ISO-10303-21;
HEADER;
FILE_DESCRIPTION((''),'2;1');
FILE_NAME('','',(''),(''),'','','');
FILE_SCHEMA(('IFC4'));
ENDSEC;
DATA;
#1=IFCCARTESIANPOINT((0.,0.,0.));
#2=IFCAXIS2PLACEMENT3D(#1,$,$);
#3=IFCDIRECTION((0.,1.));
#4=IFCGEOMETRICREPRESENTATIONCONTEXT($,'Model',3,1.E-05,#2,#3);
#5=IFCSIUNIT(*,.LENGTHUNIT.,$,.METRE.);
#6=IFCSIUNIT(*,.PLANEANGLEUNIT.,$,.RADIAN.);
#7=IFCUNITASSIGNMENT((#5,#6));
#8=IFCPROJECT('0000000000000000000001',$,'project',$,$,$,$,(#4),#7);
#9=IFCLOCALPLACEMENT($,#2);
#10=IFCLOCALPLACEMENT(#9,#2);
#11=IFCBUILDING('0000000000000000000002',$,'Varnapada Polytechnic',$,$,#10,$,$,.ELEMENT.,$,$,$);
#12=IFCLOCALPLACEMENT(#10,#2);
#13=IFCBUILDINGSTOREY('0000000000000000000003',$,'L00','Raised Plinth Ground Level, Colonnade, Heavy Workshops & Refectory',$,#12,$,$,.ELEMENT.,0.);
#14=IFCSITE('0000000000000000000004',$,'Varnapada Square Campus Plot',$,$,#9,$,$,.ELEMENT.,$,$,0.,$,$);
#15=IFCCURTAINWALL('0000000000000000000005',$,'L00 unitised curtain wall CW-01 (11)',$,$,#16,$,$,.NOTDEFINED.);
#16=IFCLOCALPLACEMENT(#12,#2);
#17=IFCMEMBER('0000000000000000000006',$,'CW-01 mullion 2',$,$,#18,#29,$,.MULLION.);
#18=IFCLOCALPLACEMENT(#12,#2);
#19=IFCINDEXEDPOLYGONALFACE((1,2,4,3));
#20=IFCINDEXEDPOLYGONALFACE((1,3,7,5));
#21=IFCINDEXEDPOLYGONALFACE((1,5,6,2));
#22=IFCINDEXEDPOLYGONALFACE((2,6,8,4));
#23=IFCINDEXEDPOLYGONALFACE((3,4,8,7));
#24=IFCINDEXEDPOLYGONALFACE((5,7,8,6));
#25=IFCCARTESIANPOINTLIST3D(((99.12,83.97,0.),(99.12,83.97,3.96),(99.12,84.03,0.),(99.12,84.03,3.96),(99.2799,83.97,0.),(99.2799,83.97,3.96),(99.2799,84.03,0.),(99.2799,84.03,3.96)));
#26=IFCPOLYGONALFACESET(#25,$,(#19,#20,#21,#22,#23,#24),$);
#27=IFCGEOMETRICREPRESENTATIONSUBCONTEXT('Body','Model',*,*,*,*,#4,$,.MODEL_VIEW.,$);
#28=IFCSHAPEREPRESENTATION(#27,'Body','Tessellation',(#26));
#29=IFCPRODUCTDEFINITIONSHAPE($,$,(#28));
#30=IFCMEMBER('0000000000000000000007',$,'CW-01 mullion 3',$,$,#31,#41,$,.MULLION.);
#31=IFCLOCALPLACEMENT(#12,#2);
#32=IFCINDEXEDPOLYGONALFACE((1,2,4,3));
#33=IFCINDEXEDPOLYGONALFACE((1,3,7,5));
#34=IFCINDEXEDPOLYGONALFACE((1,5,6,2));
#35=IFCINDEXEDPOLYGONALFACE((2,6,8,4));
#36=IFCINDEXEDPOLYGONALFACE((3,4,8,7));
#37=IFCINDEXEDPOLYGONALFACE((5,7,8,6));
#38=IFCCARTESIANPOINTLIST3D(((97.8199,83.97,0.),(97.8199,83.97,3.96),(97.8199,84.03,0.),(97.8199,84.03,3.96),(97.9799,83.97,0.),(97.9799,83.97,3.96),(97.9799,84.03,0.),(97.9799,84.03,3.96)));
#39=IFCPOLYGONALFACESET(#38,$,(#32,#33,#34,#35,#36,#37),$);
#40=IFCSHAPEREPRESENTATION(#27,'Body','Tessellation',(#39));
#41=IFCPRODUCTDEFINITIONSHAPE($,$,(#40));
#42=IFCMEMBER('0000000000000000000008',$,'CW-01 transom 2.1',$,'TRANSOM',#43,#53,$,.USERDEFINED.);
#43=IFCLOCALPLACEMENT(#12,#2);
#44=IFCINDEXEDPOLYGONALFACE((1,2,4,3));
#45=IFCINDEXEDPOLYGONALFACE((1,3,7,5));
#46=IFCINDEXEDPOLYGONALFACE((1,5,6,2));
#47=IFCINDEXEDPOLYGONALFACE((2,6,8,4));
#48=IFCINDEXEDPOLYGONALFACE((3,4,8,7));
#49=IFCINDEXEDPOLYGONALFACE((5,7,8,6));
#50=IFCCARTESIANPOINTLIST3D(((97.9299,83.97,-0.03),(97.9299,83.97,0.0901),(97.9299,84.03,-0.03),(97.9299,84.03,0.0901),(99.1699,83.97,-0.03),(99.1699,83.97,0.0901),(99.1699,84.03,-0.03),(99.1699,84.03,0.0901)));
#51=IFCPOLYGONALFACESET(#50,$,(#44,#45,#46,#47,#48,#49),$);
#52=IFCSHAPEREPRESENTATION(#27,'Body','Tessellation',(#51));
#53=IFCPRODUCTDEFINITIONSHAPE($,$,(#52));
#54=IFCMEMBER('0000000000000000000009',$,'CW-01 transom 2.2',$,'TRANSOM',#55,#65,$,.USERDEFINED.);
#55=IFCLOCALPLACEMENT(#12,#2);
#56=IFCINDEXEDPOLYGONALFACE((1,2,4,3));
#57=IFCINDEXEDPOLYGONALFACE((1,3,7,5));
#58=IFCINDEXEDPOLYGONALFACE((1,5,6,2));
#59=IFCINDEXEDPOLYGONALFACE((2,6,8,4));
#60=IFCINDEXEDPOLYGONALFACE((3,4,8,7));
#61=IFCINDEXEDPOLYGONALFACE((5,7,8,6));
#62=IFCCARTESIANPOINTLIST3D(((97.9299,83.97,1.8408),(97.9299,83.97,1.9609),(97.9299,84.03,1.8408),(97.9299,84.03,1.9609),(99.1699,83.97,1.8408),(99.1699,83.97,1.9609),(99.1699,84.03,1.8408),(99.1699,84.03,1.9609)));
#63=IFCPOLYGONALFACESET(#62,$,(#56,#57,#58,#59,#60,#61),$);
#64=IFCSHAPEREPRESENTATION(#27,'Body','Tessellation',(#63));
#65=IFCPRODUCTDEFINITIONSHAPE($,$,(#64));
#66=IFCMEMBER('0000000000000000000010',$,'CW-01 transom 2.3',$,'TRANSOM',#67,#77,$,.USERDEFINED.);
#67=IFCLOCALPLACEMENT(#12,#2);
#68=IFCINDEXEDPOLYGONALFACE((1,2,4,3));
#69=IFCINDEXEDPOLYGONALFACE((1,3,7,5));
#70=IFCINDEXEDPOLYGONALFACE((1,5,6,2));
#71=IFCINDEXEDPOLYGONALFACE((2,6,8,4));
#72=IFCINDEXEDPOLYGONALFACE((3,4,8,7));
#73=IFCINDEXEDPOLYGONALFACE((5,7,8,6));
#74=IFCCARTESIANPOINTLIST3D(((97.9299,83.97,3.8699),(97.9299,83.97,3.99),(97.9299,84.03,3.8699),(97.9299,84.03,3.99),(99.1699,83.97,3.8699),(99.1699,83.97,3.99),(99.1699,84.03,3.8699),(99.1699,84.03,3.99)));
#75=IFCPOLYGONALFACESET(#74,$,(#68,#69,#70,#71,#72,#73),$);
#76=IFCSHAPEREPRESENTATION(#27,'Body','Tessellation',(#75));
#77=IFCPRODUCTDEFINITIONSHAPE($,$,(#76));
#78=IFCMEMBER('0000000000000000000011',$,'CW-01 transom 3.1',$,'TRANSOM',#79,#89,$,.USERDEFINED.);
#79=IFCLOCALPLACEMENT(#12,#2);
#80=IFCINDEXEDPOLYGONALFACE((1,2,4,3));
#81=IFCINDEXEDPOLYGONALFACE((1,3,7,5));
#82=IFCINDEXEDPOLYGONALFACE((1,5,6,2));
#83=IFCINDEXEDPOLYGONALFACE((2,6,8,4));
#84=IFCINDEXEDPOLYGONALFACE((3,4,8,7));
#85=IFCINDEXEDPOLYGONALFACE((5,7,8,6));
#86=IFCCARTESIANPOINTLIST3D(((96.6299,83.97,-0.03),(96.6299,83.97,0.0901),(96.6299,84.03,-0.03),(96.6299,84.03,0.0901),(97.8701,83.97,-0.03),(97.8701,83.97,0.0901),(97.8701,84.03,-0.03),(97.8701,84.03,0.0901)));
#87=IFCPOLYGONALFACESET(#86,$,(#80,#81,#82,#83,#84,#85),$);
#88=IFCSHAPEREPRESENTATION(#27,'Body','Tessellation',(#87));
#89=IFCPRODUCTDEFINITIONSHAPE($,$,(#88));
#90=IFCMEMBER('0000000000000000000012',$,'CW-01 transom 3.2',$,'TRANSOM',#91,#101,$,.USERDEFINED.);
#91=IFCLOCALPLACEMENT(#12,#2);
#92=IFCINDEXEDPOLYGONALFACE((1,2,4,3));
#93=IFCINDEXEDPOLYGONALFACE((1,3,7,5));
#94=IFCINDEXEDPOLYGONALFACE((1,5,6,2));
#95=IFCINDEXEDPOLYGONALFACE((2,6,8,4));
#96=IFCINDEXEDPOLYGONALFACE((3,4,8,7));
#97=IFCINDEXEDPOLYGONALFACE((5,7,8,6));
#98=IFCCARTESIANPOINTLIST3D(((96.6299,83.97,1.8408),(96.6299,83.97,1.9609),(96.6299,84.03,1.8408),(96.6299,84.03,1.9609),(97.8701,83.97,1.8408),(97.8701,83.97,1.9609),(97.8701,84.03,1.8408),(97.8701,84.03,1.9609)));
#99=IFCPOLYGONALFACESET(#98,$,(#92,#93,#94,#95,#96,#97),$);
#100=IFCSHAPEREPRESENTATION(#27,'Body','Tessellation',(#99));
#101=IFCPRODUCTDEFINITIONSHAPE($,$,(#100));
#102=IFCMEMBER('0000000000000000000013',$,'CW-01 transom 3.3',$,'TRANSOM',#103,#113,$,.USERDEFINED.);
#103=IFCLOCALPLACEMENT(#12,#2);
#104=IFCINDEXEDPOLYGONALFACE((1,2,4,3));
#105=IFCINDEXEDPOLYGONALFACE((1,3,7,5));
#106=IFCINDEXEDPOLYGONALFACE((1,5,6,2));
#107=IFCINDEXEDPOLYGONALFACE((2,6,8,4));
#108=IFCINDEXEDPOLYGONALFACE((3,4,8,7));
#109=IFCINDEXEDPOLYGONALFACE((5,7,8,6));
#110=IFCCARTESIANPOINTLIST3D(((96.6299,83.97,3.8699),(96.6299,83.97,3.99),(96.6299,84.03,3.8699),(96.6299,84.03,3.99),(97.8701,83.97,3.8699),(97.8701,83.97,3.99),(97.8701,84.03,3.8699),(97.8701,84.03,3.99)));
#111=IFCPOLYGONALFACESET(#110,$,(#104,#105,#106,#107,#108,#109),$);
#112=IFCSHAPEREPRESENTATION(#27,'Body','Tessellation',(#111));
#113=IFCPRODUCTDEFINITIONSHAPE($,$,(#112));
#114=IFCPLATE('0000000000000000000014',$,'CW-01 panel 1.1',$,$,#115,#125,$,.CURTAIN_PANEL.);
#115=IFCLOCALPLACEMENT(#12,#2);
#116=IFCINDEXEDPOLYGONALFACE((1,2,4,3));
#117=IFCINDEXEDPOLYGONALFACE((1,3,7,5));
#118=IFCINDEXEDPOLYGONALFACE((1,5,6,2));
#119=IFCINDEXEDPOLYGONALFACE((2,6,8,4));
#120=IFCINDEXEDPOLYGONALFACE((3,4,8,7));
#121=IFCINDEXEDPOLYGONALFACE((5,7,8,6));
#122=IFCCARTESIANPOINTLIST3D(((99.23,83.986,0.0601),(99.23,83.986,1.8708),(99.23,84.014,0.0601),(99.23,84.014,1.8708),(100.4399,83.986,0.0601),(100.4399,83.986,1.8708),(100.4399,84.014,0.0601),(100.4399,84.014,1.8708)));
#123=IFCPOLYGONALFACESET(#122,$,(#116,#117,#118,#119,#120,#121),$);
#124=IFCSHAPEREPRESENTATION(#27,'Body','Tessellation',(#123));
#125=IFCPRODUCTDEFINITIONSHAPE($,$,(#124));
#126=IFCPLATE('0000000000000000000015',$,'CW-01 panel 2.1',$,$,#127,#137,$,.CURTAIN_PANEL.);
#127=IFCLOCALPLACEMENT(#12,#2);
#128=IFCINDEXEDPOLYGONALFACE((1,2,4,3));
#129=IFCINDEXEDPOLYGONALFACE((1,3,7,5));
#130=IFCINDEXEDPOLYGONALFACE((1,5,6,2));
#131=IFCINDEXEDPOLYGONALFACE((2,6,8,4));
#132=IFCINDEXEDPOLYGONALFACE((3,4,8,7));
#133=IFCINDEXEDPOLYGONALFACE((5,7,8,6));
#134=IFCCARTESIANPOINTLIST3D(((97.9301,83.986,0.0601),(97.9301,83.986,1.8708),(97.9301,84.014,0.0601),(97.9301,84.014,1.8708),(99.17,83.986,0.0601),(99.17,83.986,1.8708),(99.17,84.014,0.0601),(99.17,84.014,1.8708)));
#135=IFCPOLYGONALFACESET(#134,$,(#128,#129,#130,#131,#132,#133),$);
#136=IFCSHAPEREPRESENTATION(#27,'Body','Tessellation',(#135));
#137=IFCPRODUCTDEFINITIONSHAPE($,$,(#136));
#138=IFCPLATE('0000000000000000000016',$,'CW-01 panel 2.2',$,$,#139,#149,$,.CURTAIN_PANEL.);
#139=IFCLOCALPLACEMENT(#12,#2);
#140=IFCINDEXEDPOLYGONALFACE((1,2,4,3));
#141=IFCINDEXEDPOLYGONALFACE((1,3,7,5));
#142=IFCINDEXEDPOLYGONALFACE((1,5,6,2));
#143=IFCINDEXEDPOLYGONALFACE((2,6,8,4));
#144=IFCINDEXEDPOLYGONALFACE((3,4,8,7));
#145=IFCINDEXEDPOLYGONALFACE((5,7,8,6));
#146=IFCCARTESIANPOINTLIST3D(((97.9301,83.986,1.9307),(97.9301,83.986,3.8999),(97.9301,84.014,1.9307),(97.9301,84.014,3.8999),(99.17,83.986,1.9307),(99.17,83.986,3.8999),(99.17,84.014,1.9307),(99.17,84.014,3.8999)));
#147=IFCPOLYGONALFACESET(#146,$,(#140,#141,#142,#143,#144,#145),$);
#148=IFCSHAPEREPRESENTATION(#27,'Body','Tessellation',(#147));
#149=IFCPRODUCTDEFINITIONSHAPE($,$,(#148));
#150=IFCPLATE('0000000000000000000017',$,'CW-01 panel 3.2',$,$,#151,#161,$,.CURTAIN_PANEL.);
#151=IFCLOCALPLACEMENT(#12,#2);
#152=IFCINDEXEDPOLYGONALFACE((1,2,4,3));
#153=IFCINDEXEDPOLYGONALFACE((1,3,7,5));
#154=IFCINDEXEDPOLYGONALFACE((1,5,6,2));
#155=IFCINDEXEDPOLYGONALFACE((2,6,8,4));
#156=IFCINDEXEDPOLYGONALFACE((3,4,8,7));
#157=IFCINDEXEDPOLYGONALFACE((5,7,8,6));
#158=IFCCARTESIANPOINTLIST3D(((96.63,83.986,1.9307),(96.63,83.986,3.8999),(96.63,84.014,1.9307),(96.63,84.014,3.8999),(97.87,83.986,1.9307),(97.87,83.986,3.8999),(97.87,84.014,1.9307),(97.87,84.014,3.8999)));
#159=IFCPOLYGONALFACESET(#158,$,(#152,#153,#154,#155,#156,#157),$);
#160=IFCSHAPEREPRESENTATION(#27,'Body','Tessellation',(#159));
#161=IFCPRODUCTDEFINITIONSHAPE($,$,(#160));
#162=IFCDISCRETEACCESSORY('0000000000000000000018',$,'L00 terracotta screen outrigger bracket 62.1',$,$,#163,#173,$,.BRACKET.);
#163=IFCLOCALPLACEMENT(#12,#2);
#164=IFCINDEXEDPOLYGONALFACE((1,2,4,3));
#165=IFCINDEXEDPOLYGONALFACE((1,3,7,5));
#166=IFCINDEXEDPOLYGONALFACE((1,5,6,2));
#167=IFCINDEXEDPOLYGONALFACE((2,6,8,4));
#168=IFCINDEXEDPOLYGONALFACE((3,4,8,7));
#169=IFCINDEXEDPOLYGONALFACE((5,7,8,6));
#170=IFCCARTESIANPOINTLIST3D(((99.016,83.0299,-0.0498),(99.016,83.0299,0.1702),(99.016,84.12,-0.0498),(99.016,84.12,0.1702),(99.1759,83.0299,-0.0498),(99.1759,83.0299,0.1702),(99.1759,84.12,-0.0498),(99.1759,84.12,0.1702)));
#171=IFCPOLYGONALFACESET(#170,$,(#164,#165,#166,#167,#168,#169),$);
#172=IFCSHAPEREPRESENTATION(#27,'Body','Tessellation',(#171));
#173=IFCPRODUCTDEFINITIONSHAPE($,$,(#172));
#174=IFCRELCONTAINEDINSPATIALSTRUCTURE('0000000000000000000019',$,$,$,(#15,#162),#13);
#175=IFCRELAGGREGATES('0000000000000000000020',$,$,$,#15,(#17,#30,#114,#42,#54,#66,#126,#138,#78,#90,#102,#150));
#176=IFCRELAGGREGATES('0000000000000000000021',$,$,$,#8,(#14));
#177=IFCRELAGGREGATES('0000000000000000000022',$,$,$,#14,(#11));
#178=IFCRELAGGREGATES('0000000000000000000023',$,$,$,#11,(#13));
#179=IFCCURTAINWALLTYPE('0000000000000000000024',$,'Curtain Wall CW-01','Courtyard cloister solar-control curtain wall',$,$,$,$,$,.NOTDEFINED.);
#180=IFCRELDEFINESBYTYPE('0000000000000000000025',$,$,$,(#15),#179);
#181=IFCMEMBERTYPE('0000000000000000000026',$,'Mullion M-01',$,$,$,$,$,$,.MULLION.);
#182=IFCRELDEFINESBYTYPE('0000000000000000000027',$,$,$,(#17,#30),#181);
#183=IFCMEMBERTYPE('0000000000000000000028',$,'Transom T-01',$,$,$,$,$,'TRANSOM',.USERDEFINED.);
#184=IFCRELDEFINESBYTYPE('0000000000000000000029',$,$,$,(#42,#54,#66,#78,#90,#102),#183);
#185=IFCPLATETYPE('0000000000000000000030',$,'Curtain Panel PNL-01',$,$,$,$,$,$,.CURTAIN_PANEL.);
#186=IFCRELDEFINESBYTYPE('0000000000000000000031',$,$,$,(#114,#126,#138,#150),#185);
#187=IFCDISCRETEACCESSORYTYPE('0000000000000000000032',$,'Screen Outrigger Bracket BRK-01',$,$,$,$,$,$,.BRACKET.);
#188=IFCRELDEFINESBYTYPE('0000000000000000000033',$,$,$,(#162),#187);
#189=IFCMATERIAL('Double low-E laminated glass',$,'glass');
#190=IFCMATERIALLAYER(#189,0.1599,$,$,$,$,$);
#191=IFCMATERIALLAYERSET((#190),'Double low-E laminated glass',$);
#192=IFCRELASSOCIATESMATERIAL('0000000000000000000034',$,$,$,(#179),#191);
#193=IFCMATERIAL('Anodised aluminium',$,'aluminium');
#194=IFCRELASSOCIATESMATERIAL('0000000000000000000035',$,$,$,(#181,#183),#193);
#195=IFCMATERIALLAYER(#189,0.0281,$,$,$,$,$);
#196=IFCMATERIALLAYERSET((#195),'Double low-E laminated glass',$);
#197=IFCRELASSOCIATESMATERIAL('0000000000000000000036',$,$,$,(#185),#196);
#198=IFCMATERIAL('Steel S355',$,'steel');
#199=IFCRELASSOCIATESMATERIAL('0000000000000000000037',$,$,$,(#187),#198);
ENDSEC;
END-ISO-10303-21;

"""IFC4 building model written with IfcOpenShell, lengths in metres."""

from ifc_helpers import new_model, si_unit, direction, frame, origin, origin_2d, place, context, subcontext, project, spatial, rectangle, extrude, material, layer, layer_set, material_profile, profile_set, type_object, element, aggregate, save


model = new_model("IFC4")

# Units and contexts
model_context = context("Model", 3, precision=1e-05, world=origin(), true_north=direction((0.0, 1.0)))
body_context = subcontext(model_context, "Body", "Model", "MODEL_VIEW")
ifc_project = project(units=[si_unit("LENGTHUNIT", "METRE"), si_unit("PLANEANGLEUNIT", "RADIAN")], contexts=[model_context])

# Site, building, storey
site_placement = place(None, origin())
site = spatial("IfcSite", under=ifc_project, at=site_placement, Name="Varnapada Square Campus Plot", CompositionType="ELEMENT", RefElevation=0.0)
building_placement = place(site_placement, origin())
building = spatial("IfcBuilding", under=site, at=building_placement, Name="Varnapada Polytechnic", CompositionType="ELEMENT")
storey_placement = place(building_placement, origin())
storey = spatial("IfcBuildingStorey", under=building, at=storey_placement, Name="L00", Description="Raised Plinth Ground Level, Colonnade, Heavy Workshops & Refectory", CompositionType="ELEMENT", Elevation=0.0)

# Curtain wall, members, plates
ifc_material_1 = material(Name="Double low-E laminated glass", Category="glass")
ifc_layer_1 = layer(ifc_material_1, 0.1599)
ifc_layer_set_1 = layer_set([ifc_layer_1], Name="Double low-E laminated glass")
curtain_wall_type = type_object("IfcCurtainWallType", Name="Curtain Wall CW-01", Description="Courtyard cloister solar-control curtain wall", PredefinedType="NOTDEFINED", material=ifc_layer_set_1)
curtain_wall_placement = place(storey_placement, origin())
curtain_wall = element("IfcCurtainWall", 1, at=curtain_wall_placement, inside=storey, type_object=curtain_wall_type, Name="L00 unitised curtain wall CW-01 (11)", PredefinedType="NOTDEFINED")
ifc_material_2 = material(Name="Anodised aluminium", Category="aluminium")
ifc_material_profile_1 = material_profile(ifc_material_2, rectangle(XDim=0.0601, YDim=0.1599, at=origin_2d()), Name="ALU M60x160")
ifc_profile_set_1 = profile_set([ifc_material_profile_1], Name="Anodised aluminium")
member_type_1 = type_object("IfcMemberType", Name="Mullion M-01", PredefinedType="MULLION", material=ifc_profile_set_1)
member_1_placement = place(storey_placement, frame((99.2, 84.0, 0.0), z_axis=(0.0, 0.0, 1.0), x_axis=(0.0, -1.0, 0.0)))
member_1 = element("IfcMember", 2, at=member_1_placement, type_object=member_type_1, Name="CW-01 mullion 2", PredefinedType="MULLION", context=body_context, shape_type="SweptSolid", body=[
    extrude(rectangle(XDim=0.0601, YDim=0.1599, at=origin_2d()), origin(), (0.0, 0.0, 1.0), 3.96),
])
member_2_placement = place(storey_placement, frame((97.8999, 84.0, 0.0), z_axis=(0.0, 0.0, 1.0), x_axis=(0.0, -1.0, 0.0)))
member_2 = element("IfcMember", 3, at=member_2_placement, type_object=member_type_1, Name="CW-01 mullion 3", PredefinedType="MULLION", context=body_context, shape_type="SweptSolid", body=[
    extrude(rectangle(XDim=0.0601, YDim=0.1599, at=origin_2d()), origin(), (0.0, 0.0, 1.0), 3.96),
])
ifc_material_profile_2 = material_profile(ifc_material_2, rectangle(XDim=0.0601, YDim=0.1201, at=origin_2d()), Name="ALU T60x120")
ifc_profile_set_2 = profile_set([ifc_material_profile_2], Name="Anodised aluminium")
member_type_2 = type_object("IfcMemberType", Name="Transom T-01", ElementType="TRANSOM", PredefinedType="USERDEFINED", material=ifc_profile_set_2)
member_3_placement = place(storey_placement, frame((99.1699, 84.0, 0.03), z_axis=(-1.0, 0.0, 0.0), x_axis=(0.0, -1.0, 0.0)))
member_3 = element("IfcMember", 4, at=member_3_placement, type_object=member_type_2, Name="CW-01 transom 2.1", ObjectType="TRANSOM", PredefinedType="USERDEFINED", context=body_context, shape_type="SweptSolid", body=[
    extrude(rectangle(XDim=0.0601, YDim=0.1201, at=origin_2d()), origin(), (0.0, 0.0, 1.0), 1.24),
])
member_4_placement = place(storey_placement, frame((99.1699, 84.0, 1.9009), z_axis=(-1.0, 0.0, 0.0), x_axis=(0.0, -1.0, 0.0)))
member_4 = element("IfcMember", 5, at=member_4_placement, type_object=member_type_2, Name="CW-01 transom 2.2", ObjectType="TRANSOM", PredefinedType="USERDEFINED", context=body_context, shape_type="SweptSolid", body=[
    extrude(rectangle(XDim=0.0601, YDim=0.1201, at=origin_2d()), origin(), (0.0, 0.0, 1.0), 1.24),
])
member_5_placement = place(storey_placement, frame((99.1699, 84.0, 3.9299), z_axis=(-1.0, 0.0, 0.0), x_axis=(0.0, -1.0, 0.0)))
member_5 = element("IfcMember", 6, at=member_5_placement, type_object=member_type_2, Name="CW-01 transom 2.3", ObjectType="TRANSOM", PredefinedType="USERDEFINED", context=body_context, shape_type="SweptSolid", body=[
    extrude(rectangle(XDim=0.0601, YDim=0.1201, at=origin_2d()), origin(), (0.0, 0.0, 1.0), 1.24),
])
member_6_placement = place(storey_placement, frame((97.8701, 84.0, 0.03), z_axis=(-1.0, 0.0, 0.0), x_axis=(0.0, -1.0, 0.0)))
member_6 = element("IfcMember", 7, at=member_6_placement, type_object=member_type_2, Name="CW-01 transom 3.1", ObjectType="TRANSOM", PredefinedType="USERDEFINED", context=body_context, shape_type="SweptSolid", body=[
    extrude(rectangle(XDim=0.0601, YDim=0.1201, at=origin_2d()), origin(), (0.0, 0.0, 1.0), 1.2402),
])
member_7_placement = place(storey_placement, frame((97.8701, 84.0, 1.9009), z_axis=(-1.0, 0.0, 0.0), x_axis=(0.0, -1.0, 0.0)))
member_7 = element("IfcMember", 8, at=member_7_placement, type_object=member_type_2, Name="CW-01 transom 3.2", ObjectType="TRANSOM", PredefinedType="USERDEFINED", context=body_context, shape_type="SweptSolid", body=[
    extrude(rectangle(XDim=0.0601, YDim=0.1201, at=origin_2d()), origin(), (0.0, 0.0, 1.0), 1.2402),
])
member_8_placement = place(storey_placement, frame((97.8701, 84.0, 3.9299), z_axis=(-1.0, 0.0, 0.0), x_axis=(0.0, -1.0, 0.0)))
member_8 = element("IfcMember", 9, at=member_8_placement, type_object=member_type_2, Name="CW-01 transom 3.3", ObjectType="TRANSOM", PredefinedType="USERDEFINED", context=body_context, shape_type="SweptSolid", body=[
    extrude(rectangle(XDim=0.0601, YDim=0.1201, at=origin_2d()), origin(), (0.0, 0.0, 1.0), 1.2402),
])
ifc_layer_2 = layer(ifc_material_1, 0.0281)
ifc_layer_set_2 = layer_set([ifc_layer_2], Name="Double low-E laminated glass")
plate_type = type_object("IfcPlateType", Name="Curtain Panel PNL-01", PredefinedType="CURTAIN_PANEL", material=ifc_layer_set_2)
plate_1_placement = place(storey_placement, frame((99.835, 84.0, 0.0601), z_axis=(0.0, 0.0, 1.0), x_axis=(-1.0, 0.0, 0.0)))
plate_1 = element("IfcPlate", 10, at=plate_1_placement, type_object=plate_type, Name="CW-01 panel 1.1", PredefinedType="CURTAIN_PANEL", context=body_context, shape_type="SweptSolid", body=[
    extrude(rectangle(XDim=1.21, YDim=0.0281, at=origin_2d()), origin(), (0.0, 0.0, 1.0), 1.8108),
])
plate_2_placement = place(storey_placement, frame((98.55, 84.0, 0.0601), z_axis=(0.0, 0.0, 1.0), x_axis=(-1.0, 0.0, 0.0)))
plate_2 = element("IfcPlate", 11, at=plate_2_placement, type_object=plate_type, Name="CW-01 panel 2.1", PredefinedType="CURTAIN_PANEL", context=body_context, shape_type="SweptSolid", body=[
    extrude(rectangle(XDim=1.24, YDim=0.0281, at=origin_2d()), origin(), (0.0, 0.0, 1.0), 1.8108),
])
plate_3_placement = place(storey_placement, frame((98.55, 84.0, 1.9307), z_axis=(0.0, 0.0, 1.0), x_axis=(-1.0, 0.0, 0.0)))
plate_3 = element("IfcPlate", 12, at=plate_3_placement, type_object=plate_type, Name="CW-01 panel 2.2", PredefinedType="CURTAIN_PANEL", context=body_context, shape_type="SweptSolid", body=[
    extrude(rectangle(XDim=1.24, YDim=0.0281, at=origin_2d()), origin(), (0.0, 0.0, 1.0), 1.9692),
])
plate_4_placement = place(storey_placement, frame((97.25, 84.0, 1.9307), z_axis=(0.0, 0.0, 1.0), x_axis=(-1.0, 0.0, 0.0)))
plate_4 = element("IfcPlate", 13, at=plate_4_placement, type_object=plate_type, Name="CW-01 panel 3.2", PredefinedType="CURTAIN_PANEL", context=body_context, shape_type="SweptSolid", body=[
    extrude(rectangle(XDim=1.24, YDim=0.0281, at=origin_2d()), origin(), (0.0, 0.0, 1.0), 1.9692),
])
aggregate(curtain_wall, [member_1, member_2, plate_1, member_3, member_4, member_5, plate_2, plate_3, member_6, member_7, member_8, plate_4])

# Discrete accessory
ifc_material_3 = material(Name="Steel S355", Category="steel")
discrete_accessory_type = type_object("IfcDiscreteAccessoryType", Name="Screen Outrigger Bracket BRK-01", PredefinedType="BRACKET", material=ifc_material_3)
discrete_accessory_placement = place(storey_placement, frame((99.0959, 83.575, -0.0498), z_axis=(0.0, 0.0, 1.0), x_axis=(-1.0, 0.0, 0.0)))
element("IfcDiscreteAccessory", 14, at=discrete_accessory_placement, inside=storey, type_object=discrete_accessory_type, Name="L00 terracotta screen outrigger bracket 62.1", PredefinedType="BRACKET", context=body_context, shape_type="SweptSolid", body=[
    extrude(rectangle(XDim=0.1599, YDim=1.0901, at=origin_2d()), origin(), (0.0, 0.0, 1.0), 0.22),
])

save(model, "model.ifc")
